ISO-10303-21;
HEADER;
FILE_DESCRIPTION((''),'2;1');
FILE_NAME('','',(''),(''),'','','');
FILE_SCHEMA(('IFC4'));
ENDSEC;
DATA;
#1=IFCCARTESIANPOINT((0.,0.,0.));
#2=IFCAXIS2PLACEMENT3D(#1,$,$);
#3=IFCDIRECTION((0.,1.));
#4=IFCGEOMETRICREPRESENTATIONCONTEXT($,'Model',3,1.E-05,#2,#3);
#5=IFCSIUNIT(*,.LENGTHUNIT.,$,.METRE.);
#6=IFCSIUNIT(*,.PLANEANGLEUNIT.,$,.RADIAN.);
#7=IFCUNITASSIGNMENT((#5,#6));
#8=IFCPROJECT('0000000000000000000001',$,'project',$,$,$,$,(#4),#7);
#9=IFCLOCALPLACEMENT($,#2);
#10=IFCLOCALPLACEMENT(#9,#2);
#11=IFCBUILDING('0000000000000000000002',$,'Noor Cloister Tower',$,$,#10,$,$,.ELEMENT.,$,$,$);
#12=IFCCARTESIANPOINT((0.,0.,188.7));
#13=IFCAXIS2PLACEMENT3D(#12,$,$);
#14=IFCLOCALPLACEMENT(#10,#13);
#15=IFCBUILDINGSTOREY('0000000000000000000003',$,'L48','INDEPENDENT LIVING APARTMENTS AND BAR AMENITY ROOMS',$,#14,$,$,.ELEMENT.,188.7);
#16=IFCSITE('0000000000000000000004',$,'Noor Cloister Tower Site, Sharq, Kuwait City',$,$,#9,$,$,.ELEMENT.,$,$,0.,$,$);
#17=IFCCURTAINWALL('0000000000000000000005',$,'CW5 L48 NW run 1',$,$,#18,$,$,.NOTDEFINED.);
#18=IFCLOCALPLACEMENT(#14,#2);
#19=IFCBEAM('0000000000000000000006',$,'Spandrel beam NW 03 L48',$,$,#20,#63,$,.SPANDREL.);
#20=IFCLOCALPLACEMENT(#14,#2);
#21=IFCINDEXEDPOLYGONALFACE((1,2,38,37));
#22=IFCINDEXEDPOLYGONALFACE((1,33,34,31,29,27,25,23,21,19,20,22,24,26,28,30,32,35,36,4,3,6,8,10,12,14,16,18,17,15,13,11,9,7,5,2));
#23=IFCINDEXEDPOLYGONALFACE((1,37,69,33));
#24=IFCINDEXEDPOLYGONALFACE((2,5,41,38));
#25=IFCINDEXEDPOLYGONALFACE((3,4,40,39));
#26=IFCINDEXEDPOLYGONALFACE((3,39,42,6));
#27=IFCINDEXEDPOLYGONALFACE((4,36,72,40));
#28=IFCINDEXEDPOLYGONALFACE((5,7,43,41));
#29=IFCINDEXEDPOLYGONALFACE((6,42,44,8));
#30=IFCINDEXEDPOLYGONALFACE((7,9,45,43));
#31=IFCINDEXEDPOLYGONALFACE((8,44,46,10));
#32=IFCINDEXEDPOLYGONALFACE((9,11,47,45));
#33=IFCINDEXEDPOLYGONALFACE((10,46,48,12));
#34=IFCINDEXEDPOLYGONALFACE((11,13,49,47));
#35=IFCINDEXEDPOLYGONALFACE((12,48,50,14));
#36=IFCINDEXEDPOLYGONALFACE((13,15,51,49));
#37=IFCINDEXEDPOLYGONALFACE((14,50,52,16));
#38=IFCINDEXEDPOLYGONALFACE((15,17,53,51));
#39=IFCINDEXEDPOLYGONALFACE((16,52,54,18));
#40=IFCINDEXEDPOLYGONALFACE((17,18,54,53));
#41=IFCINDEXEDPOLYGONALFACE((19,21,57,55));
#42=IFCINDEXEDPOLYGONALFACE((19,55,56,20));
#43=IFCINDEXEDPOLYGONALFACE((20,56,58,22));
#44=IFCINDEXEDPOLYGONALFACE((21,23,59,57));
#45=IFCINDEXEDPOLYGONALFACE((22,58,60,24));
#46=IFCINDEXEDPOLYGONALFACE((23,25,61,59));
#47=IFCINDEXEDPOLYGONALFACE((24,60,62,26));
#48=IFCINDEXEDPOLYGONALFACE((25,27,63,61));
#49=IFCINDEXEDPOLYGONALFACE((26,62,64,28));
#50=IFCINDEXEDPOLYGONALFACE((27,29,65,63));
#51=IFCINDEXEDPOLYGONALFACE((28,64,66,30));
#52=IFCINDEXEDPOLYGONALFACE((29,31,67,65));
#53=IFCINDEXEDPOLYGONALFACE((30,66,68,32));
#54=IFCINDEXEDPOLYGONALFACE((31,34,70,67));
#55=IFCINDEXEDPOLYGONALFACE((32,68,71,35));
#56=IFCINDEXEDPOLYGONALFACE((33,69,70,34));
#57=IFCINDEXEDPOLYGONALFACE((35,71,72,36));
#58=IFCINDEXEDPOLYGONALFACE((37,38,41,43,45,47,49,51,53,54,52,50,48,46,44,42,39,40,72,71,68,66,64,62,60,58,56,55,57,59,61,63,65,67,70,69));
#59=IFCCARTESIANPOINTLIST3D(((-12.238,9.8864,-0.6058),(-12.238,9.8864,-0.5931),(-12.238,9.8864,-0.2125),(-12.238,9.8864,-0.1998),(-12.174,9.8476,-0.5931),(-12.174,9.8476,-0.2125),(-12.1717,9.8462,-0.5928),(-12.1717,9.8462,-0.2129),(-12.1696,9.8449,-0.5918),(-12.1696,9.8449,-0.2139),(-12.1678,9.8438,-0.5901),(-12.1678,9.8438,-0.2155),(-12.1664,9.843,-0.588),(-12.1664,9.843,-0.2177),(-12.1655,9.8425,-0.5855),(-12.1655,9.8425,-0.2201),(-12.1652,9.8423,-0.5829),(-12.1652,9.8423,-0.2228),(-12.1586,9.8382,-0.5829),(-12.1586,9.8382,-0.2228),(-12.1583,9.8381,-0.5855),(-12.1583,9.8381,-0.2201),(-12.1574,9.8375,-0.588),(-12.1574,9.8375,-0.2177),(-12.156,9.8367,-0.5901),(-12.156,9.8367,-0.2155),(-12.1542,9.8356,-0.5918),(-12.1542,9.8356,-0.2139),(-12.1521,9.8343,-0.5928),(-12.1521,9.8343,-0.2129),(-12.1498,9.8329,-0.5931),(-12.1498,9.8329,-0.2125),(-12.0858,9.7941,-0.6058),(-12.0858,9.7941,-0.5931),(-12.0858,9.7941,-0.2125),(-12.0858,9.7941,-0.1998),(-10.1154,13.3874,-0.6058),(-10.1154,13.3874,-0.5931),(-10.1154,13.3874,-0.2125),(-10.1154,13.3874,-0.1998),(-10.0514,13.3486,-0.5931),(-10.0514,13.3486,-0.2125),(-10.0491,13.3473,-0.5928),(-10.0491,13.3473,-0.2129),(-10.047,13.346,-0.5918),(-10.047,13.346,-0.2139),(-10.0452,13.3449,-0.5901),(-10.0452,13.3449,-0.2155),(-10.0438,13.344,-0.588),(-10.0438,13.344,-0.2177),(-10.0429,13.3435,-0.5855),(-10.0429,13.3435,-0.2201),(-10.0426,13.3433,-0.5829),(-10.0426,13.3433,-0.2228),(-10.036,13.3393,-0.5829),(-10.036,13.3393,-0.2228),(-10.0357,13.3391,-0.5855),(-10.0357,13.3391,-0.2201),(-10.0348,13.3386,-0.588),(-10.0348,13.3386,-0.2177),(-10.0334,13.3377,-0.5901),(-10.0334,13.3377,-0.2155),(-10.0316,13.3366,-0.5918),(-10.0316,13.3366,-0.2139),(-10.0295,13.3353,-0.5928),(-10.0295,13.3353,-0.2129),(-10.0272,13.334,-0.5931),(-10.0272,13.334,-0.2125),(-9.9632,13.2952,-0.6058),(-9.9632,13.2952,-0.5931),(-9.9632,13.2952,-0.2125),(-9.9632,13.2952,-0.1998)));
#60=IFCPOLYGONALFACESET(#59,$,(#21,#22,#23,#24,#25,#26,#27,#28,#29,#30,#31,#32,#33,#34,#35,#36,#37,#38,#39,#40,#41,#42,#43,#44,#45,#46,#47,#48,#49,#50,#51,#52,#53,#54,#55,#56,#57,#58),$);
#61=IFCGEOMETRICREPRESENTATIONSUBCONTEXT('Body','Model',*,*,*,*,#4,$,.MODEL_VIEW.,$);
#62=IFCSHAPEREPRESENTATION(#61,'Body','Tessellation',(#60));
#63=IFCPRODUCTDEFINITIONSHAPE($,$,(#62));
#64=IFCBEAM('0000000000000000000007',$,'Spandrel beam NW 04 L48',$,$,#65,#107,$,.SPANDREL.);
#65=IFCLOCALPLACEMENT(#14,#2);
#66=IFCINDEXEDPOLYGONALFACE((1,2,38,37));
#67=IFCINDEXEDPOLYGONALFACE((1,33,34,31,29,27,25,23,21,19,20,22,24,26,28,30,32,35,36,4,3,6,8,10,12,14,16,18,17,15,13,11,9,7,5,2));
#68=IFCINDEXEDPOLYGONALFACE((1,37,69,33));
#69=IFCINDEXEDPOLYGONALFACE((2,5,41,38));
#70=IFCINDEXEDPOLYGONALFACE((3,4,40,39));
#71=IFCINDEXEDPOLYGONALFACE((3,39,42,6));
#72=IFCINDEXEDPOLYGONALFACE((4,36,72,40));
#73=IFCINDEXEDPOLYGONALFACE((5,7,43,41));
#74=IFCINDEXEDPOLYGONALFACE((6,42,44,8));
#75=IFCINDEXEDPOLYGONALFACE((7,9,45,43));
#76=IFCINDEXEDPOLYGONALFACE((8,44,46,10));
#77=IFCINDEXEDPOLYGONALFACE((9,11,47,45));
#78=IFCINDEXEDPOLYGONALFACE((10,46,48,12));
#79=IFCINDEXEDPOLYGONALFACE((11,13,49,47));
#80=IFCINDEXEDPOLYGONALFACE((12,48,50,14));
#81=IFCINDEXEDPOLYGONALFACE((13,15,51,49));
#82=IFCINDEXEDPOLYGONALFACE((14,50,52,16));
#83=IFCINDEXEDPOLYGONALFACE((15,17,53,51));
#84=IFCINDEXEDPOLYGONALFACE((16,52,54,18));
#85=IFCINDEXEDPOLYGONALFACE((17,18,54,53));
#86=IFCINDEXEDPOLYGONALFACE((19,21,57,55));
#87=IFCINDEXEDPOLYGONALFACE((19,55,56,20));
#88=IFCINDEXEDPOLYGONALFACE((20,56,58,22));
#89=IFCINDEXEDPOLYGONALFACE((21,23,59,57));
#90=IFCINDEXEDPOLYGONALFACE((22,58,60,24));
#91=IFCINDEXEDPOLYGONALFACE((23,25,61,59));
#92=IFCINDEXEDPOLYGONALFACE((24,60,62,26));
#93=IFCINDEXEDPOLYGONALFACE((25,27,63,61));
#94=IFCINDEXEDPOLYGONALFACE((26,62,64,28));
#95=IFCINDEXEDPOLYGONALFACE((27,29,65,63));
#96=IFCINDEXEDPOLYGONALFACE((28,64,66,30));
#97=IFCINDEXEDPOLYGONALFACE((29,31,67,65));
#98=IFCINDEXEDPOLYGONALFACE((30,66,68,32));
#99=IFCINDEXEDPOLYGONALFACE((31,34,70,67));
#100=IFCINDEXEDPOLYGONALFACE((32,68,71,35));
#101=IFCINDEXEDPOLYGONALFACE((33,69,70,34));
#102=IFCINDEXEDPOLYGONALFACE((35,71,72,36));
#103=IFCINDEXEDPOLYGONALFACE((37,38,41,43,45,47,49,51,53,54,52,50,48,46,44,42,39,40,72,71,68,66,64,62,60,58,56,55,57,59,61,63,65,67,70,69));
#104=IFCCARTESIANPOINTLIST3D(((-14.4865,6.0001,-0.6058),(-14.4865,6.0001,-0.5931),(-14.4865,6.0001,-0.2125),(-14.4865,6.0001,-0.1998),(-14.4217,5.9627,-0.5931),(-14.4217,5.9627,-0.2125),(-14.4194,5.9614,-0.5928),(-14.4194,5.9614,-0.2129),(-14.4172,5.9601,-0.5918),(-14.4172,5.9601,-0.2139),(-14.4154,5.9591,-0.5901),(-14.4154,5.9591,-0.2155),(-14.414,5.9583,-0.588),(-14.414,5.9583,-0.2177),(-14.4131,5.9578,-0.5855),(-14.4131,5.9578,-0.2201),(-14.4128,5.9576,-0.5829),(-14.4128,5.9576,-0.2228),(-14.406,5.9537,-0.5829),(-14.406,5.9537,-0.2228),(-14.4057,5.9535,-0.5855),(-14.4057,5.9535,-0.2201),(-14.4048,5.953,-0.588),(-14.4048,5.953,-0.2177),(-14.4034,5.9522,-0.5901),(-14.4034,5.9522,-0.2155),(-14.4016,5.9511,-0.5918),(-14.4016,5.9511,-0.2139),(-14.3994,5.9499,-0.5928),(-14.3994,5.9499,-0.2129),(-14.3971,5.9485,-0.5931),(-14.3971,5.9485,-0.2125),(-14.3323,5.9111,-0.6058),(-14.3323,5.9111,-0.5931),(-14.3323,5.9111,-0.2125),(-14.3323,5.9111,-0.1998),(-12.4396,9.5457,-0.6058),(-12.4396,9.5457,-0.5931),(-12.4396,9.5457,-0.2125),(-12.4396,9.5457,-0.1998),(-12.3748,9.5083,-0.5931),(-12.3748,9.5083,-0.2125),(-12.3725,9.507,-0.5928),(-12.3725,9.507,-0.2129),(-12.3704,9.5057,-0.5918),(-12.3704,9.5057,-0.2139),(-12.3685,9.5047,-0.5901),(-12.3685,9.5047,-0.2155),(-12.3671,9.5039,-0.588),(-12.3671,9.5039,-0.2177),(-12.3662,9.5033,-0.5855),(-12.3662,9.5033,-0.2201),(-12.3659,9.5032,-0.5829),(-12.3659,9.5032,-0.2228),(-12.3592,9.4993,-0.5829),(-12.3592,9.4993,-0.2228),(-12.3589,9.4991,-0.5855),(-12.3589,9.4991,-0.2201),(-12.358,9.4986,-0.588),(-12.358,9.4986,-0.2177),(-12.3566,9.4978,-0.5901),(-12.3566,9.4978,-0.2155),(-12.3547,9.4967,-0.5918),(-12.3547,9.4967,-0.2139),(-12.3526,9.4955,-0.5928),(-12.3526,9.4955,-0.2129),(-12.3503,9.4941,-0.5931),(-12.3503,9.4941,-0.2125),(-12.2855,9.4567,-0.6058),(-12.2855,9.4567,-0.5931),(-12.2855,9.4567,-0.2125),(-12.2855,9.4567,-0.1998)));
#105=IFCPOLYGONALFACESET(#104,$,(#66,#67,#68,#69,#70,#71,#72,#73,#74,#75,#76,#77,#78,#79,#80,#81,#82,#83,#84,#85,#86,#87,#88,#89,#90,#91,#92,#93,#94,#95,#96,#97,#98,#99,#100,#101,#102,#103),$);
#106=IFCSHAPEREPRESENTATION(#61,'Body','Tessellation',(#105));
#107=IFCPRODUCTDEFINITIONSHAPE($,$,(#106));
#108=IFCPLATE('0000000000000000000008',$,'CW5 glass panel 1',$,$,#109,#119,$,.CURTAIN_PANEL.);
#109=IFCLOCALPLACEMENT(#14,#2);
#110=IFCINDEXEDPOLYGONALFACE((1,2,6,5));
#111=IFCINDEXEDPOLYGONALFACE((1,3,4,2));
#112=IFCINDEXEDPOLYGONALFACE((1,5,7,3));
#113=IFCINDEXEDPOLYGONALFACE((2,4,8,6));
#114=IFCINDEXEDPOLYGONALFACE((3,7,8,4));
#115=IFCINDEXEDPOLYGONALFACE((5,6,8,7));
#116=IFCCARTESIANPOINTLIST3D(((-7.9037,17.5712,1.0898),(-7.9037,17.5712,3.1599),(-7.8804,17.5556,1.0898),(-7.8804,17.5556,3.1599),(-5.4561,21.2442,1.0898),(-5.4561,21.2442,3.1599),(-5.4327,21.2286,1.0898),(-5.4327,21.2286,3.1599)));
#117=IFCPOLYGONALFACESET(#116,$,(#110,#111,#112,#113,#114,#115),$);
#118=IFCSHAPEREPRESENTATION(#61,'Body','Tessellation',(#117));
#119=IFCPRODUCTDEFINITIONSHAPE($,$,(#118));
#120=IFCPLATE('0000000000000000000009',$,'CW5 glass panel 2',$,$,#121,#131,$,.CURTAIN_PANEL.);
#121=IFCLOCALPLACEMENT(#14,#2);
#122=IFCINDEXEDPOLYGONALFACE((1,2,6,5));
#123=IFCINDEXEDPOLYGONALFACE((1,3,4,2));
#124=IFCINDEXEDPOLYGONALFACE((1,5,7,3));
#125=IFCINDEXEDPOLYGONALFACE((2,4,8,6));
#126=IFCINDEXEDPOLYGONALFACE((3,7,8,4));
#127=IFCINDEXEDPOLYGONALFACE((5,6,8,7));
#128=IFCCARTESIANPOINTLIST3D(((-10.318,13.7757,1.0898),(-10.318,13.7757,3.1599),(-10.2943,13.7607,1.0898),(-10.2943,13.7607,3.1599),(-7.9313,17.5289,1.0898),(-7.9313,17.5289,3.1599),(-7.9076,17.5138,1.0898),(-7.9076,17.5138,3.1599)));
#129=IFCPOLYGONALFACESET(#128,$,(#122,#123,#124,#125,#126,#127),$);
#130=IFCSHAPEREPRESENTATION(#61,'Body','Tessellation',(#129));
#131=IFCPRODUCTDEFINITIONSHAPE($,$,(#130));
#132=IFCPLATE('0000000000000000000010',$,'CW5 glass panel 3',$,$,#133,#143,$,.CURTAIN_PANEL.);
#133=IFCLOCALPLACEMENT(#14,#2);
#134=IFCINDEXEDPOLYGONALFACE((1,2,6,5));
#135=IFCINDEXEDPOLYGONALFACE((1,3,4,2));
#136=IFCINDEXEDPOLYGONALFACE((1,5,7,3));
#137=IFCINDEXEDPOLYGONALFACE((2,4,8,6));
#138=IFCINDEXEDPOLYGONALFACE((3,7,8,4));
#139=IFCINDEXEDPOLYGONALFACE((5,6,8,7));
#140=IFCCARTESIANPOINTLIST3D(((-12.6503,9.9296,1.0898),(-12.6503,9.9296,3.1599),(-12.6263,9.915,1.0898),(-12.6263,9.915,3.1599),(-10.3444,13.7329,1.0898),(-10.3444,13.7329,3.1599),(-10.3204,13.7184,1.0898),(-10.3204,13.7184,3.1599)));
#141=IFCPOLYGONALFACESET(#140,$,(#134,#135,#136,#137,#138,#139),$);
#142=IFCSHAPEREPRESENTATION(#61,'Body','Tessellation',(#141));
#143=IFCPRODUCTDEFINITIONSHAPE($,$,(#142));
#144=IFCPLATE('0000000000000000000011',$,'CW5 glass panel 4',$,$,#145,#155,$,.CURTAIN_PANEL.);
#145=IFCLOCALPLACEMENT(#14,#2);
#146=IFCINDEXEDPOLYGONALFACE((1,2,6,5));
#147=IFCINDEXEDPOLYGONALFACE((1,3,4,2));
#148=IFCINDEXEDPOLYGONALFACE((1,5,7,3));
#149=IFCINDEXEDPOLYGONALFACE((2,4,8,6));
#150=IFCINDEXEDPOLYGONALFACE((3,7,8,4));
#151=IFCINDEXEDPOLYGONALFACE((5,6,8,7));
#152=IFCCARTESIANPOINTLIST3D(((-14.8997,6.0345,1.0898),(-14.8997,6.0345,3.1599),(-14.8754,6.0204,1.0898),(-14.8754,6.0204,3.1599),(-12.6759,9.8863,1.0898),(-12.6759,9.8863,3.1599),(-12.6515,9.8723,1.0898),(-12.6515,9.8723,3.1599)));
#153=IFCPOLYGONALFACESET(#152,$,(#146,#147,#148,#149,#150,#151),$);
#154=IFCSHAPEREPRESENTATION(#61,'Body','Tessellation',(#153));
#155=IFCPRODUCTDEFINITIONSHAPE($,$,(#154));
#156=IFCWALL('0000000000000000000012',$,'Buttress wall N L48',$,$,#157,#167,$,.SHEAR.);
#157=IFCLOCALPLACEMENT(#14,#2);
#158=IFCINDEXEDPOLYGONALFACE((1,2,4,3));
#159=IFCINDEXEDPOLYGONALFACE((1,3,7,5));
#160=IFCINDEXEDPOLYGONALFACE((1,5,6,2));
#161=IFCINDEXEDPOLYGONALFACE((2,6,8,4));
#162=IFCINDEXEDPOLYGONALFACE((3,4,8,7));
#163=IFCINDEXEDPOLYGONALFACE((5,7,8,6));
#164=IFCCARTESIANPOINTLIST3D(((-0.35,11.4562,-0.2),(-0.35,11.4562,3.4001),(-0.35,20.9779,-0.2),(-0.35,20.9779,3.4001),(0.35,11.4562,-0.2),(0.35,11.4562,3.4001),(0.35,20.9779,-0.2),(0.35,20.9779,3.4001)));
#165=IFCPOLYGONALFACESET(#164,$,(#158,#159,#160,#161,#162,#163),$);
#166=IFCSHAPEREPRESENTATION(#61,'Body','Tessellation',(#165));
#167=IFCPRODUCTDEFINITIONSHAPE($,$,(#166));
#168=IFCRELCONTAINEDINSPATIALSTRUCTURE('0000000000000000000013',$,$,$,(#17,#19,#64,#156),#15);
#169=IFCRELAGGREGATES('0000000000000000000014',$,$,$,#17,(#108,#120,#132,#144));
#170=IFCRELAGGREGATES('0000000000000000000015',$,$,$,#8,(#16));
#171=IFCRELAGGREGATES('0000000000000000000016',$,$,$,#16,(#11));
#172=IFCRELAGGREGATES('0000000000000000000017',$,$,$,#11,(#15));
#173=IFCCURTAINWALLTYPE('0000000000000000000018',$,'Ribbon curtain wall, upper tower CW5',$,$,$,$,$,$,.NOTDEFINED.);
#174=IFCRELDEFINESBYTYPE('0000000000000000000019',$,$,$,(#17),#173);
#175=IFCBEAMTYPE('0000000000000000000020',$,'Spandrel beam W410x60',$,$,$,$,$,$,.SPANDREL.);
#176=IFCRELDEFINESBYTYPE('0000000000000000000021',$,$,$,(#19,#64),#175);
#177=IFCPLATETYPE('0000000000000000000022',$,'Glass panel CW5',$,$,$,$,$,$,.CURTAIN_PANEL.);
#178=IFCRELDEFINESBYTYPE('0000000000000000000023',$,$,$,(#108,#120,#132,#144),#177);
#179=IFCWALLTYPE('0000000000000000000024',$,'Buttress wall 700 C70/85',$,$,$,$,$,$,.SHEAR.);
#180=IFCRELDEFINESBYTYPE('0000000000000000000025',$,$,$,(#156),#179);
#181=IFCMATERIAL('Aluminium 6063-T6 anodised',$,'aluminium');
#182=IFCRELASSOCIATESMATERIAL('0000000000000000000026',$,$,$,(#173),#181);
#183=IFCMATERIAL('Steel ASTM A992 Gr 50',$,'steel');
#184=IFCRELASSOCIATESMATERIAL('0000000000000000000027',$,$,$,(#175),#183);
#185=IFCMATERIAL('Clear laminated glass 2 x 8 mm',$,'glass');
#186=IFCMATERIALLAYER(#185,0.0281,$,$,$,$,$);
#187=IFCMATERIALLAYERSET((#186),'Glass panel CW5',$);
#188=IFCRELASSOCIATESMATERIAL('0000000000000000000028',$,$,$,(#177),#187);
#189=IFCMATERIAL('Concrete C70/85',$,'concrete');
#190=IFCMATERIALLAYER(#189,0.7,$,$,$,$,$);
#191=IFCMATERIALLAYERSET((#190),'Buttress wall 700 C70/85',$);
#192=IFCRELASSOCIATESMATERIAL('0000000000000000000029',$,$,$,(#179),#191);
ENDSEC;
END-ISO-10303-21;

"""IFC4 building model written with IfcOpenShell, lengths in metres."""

from ifc_helpers import new_model, si_unit, direction, frame, frame_2d, origin, origin_2d, place, context, subcontext, project, spatial, rectangle, i_section, extrude, material, layer, layer_set, material_profile, profile_set, type_object, element, aggregate, save


model = new_model("IFC4")

# Units and contexts
model_context = context("Model", 3, precision=1e-05, world=origin(), true_north=direction((0.0, 1.0)))
body_context = subcontext(model_context, "Body", "Model", "MODEL_VIEW")
ifc_project = project(units=[si_unit("LENGTHUNIT", "METRE"), si_unit("PLANEANGLEUNIT", "RADIAN")], contexts=[model_context])

# Site, building, storey
site_placement = place(None, origin())
site = spatial("IfcSite", under=ifc_project, at=site_placement, Name="Noor Cloister Tower Site, Sharq, Kuwait City", CompositionType="ELEMENT", RefElevation=0.0)
building_placement = place(site_placement, origin())
building = spatial("IfcBuilding", under=site, at=building_placement, Name="Noor Cloister Tower", CompositionType="ELEMENT")
storey_placement = place(building_placement, frame((0.0, 0.0, 188.7)))
storey = spatial("IfcBuildingStorey", under=building, at=storey_placement, Name="L48", Description="INDEPENDENT LIVING APARTMENTS AND BAR AMENITY ROOMS", CompositionType="ELEMENT", Elevation=188.7)

# Curtain wall
ifc_material_1 = material(Name="Aluminium 6063-T6 anodised", Category="aluminium")
curtain_wall_type = type_object("IfcCurtainWallType", Name="Ribbon curtain wall, upper tower CW5", PredefinedType="NOTDEFINED", material=ifc_material_1)
curtain_wall_placement = place(storey_placement, origin())
curtain_wall = element("IfcCurtainWall", 1, at=curtain_wall_placement, inside=storey, type_object=curtain_wall_type, Name="CW5 L48 NW run 1", PredefinedType="NOTDEFINED")

# Beams
ifc_material_2 = material(Name="Steel ASTM A992 Gr 50", Category="steel")
ifc_material_profile_1 = material_profile(ifc_material_2, i_section(OverallWidth=0.178, OverallDepth=0.406, WebThickness=0.0078, FlangeThickness=0.0127, FilletRadius=0.0103, at=origin_2d()), Name="W410x60")
ifc_profile_set_1 = profile_set([ifc_material_profile_1], Name="Steel ASTM A992 Gr 50")
beam_type_1 = type_object("IfcBeamType", Name="Spandrel beam W410x60", PredefinedType="SPANDREL", material=ifc_profile_set_1)
for number, where, z_axis, x_axis, name in (
    (2, (-10.0393, 13.3413, -0.4028), (-0.518437, -0.855116, 0.0), (0.855116, -0.518437, 0.0), "Spandrel beam NW 03 L48"),
):
    element("IfcBeam", number, at=place(storey_placement, frame(where, z_axis=z_axis, x_axis=x_axis)), inside=storey, type_object=beam_type_1, Name=name, PredefinedType="SPANDREL", context=body_context, shape_type="SweptSolid", body=[
        extrude(i_section(OverallWidth=0.178, OverallDepth=0.406, WebThickness=0.0078, FlangeThickness=0.0127, FilletRadius=0.0103, at=origin_2d()), origin(), (0.0, 0.0, 1.0), 4.0942),
    ])
beam_1_placement = place(storey_placement, frame((-12.3625, 9.5012, -0.4028), z_axis=(-0.499962, -0.866048, 0.0), x_axis=(0.866048, -0.499962, 0.0)))
element("IfcBeam", 3, at=beam_1_placement, inside=storey, type_object=beam_type_1, Name="Spandrel beam NW 04 L48", PredefinedType="SPANDREL", context=body_context, shape_type="SweptSolid", body=[
    extrude(i_section(OverallWidth=0.178, OverallDepth=0.406, WebThickness=0.0078, FlangeThickness=0.0127, FilletRadius=0.0103, at=origin_2d()), origin(), (0.0, 0.0, 1.0), 4.094),
])

# Plates
ifc_material_3 = material(Name="Clear laminated glass 2 x 8 mm", Category="glass")
ifc_layer_1 = layer(ifc_material_3, 0.0281)
ifc_layer_set_1 = layer_set([ifc_layer_1], Name="Glass panel CW5")
plate_type = type_object("IfcPlateType", Name="Glass panel CW5", PredefinedType="CURTAIN_PANEL", material=ifc_layer_set_1)
plate_1_placement = place(storey_placement, frame((-6.6682, 19.3999, 1.0898), z_axis=(0.0, 0.0, 1.0), x_axis=(-0.554551, -0.83215, 0.0)))
plate_1 = element("IfcPlate", 4, at=plate_1_placement, type_object=plate_type, Name="CW5 glass panel 1", PredefinedType="CURTAIN_PANEL", context=body_context, shape_type="SweptSolid", body=[
    extrude(rectangle(XDim=4.4138, YDim=0.0281, at=origin_2d()), origin(), (0.0, 0.0, 1.0), 2.0701),
])
plate_2_placement = place(storey_placement, frame((-9.1128, 15.6448, 1.0898), z_axis=(0.0, 0.0, 1.0), x_axis=(-0.53661, -0.84383, 0.0)))
plate_2 = element("IfcPlate", 5, at=plate_2_placement, type_object=plate_type, Name="CW5 glass panel 2", PredefinedType="CURTAIN_PANEL", context=body_context, shape_type="SweptSolid", body=[
    extrude(rectangle(XDim=4.4478, YDim=0.0281, at=origin_2d()), origin(), (0.0, 0.0, 1.0), 2.0701),
])
plate_3_placement = place(storey_placement, frame((-11.4854, 11.824, 1.0898), z_axis=(0.0, 0.0, 1.0), x_axis=(-0.518424, -0.855124, 0.0)))
plate_3 = element("IfcPlate", 6, at=plate_3_placement, type_object=plate_type, Name="CW5 glass panel 3", PredefinedType="CURTAIN_PANEL", context=body_context, shape_type="SweptSolid", body=[
    extrude(rectangle(XDim=4.4478, YDim=0.0281, at=origin_2d()), origin(), (0.0, 0.0, 1.0), 2.0701),
])
plate_4_placement = place(storey_placement, frame((-13.7756, 7.9534, 1.0898), z_axis=(0.0, 0.0, 1.0), x_axis=(-0.5, -0.866025, 0.0)))
plate_4 = element("IfcPlate", 7, at=plate_4_placement, type_object=plate_type, Name="CW5 glass panel 4", PredefinedType="CURTAIN_PANEL", context=body_context, shape_type="SweptSolid", body=[
    extrude(rectangle(XDim=4.4478, YDim=0.0281, at=origin_2d()), origin(), (0.0, 0.0, 1.0), 2.0701),
])
aggregate(curtain_wall, [plate_1, plate_2, plate_3, plate_4])

# Wall
ifc_material_4 = material(Name="Concrete C70/85", Category="concrete")
ifc_layer_2 = layer(ifc_material_4, 0.7)
ifc_layer_set_2 = layer_set([ifc_layer_2], Name="Buttress wall 700 C70/85")
wall_type_1 = type_object("IfcWallType", Name="Buttress wall 700 C70/85", PredefinedType="SHEAR", material=ifc_layer_set_2)
wall_1_placement = place(storey_placement, frame((0.0, 11.4563, -0.2), z_axis=(0.0, 0.0, 1.0), x_axis=(0.0, 1.0, 0.0)))
element("IfcWall", 8, at=wall_1_placement, inside=storey, type_object=wall_type_1, Name="Buttress wall N L48", PredefinedType="SHEAR", context=body_context, shape_type="SweptSolid", body=[
    extrude(rectangle(XDim=9.5217, YDim=0.7, at=frame_2d((4.7607, 0.0))), origin(), (0.0, 0.0, 1.0), 3.6001),
])

save(model, "model.ifc")
